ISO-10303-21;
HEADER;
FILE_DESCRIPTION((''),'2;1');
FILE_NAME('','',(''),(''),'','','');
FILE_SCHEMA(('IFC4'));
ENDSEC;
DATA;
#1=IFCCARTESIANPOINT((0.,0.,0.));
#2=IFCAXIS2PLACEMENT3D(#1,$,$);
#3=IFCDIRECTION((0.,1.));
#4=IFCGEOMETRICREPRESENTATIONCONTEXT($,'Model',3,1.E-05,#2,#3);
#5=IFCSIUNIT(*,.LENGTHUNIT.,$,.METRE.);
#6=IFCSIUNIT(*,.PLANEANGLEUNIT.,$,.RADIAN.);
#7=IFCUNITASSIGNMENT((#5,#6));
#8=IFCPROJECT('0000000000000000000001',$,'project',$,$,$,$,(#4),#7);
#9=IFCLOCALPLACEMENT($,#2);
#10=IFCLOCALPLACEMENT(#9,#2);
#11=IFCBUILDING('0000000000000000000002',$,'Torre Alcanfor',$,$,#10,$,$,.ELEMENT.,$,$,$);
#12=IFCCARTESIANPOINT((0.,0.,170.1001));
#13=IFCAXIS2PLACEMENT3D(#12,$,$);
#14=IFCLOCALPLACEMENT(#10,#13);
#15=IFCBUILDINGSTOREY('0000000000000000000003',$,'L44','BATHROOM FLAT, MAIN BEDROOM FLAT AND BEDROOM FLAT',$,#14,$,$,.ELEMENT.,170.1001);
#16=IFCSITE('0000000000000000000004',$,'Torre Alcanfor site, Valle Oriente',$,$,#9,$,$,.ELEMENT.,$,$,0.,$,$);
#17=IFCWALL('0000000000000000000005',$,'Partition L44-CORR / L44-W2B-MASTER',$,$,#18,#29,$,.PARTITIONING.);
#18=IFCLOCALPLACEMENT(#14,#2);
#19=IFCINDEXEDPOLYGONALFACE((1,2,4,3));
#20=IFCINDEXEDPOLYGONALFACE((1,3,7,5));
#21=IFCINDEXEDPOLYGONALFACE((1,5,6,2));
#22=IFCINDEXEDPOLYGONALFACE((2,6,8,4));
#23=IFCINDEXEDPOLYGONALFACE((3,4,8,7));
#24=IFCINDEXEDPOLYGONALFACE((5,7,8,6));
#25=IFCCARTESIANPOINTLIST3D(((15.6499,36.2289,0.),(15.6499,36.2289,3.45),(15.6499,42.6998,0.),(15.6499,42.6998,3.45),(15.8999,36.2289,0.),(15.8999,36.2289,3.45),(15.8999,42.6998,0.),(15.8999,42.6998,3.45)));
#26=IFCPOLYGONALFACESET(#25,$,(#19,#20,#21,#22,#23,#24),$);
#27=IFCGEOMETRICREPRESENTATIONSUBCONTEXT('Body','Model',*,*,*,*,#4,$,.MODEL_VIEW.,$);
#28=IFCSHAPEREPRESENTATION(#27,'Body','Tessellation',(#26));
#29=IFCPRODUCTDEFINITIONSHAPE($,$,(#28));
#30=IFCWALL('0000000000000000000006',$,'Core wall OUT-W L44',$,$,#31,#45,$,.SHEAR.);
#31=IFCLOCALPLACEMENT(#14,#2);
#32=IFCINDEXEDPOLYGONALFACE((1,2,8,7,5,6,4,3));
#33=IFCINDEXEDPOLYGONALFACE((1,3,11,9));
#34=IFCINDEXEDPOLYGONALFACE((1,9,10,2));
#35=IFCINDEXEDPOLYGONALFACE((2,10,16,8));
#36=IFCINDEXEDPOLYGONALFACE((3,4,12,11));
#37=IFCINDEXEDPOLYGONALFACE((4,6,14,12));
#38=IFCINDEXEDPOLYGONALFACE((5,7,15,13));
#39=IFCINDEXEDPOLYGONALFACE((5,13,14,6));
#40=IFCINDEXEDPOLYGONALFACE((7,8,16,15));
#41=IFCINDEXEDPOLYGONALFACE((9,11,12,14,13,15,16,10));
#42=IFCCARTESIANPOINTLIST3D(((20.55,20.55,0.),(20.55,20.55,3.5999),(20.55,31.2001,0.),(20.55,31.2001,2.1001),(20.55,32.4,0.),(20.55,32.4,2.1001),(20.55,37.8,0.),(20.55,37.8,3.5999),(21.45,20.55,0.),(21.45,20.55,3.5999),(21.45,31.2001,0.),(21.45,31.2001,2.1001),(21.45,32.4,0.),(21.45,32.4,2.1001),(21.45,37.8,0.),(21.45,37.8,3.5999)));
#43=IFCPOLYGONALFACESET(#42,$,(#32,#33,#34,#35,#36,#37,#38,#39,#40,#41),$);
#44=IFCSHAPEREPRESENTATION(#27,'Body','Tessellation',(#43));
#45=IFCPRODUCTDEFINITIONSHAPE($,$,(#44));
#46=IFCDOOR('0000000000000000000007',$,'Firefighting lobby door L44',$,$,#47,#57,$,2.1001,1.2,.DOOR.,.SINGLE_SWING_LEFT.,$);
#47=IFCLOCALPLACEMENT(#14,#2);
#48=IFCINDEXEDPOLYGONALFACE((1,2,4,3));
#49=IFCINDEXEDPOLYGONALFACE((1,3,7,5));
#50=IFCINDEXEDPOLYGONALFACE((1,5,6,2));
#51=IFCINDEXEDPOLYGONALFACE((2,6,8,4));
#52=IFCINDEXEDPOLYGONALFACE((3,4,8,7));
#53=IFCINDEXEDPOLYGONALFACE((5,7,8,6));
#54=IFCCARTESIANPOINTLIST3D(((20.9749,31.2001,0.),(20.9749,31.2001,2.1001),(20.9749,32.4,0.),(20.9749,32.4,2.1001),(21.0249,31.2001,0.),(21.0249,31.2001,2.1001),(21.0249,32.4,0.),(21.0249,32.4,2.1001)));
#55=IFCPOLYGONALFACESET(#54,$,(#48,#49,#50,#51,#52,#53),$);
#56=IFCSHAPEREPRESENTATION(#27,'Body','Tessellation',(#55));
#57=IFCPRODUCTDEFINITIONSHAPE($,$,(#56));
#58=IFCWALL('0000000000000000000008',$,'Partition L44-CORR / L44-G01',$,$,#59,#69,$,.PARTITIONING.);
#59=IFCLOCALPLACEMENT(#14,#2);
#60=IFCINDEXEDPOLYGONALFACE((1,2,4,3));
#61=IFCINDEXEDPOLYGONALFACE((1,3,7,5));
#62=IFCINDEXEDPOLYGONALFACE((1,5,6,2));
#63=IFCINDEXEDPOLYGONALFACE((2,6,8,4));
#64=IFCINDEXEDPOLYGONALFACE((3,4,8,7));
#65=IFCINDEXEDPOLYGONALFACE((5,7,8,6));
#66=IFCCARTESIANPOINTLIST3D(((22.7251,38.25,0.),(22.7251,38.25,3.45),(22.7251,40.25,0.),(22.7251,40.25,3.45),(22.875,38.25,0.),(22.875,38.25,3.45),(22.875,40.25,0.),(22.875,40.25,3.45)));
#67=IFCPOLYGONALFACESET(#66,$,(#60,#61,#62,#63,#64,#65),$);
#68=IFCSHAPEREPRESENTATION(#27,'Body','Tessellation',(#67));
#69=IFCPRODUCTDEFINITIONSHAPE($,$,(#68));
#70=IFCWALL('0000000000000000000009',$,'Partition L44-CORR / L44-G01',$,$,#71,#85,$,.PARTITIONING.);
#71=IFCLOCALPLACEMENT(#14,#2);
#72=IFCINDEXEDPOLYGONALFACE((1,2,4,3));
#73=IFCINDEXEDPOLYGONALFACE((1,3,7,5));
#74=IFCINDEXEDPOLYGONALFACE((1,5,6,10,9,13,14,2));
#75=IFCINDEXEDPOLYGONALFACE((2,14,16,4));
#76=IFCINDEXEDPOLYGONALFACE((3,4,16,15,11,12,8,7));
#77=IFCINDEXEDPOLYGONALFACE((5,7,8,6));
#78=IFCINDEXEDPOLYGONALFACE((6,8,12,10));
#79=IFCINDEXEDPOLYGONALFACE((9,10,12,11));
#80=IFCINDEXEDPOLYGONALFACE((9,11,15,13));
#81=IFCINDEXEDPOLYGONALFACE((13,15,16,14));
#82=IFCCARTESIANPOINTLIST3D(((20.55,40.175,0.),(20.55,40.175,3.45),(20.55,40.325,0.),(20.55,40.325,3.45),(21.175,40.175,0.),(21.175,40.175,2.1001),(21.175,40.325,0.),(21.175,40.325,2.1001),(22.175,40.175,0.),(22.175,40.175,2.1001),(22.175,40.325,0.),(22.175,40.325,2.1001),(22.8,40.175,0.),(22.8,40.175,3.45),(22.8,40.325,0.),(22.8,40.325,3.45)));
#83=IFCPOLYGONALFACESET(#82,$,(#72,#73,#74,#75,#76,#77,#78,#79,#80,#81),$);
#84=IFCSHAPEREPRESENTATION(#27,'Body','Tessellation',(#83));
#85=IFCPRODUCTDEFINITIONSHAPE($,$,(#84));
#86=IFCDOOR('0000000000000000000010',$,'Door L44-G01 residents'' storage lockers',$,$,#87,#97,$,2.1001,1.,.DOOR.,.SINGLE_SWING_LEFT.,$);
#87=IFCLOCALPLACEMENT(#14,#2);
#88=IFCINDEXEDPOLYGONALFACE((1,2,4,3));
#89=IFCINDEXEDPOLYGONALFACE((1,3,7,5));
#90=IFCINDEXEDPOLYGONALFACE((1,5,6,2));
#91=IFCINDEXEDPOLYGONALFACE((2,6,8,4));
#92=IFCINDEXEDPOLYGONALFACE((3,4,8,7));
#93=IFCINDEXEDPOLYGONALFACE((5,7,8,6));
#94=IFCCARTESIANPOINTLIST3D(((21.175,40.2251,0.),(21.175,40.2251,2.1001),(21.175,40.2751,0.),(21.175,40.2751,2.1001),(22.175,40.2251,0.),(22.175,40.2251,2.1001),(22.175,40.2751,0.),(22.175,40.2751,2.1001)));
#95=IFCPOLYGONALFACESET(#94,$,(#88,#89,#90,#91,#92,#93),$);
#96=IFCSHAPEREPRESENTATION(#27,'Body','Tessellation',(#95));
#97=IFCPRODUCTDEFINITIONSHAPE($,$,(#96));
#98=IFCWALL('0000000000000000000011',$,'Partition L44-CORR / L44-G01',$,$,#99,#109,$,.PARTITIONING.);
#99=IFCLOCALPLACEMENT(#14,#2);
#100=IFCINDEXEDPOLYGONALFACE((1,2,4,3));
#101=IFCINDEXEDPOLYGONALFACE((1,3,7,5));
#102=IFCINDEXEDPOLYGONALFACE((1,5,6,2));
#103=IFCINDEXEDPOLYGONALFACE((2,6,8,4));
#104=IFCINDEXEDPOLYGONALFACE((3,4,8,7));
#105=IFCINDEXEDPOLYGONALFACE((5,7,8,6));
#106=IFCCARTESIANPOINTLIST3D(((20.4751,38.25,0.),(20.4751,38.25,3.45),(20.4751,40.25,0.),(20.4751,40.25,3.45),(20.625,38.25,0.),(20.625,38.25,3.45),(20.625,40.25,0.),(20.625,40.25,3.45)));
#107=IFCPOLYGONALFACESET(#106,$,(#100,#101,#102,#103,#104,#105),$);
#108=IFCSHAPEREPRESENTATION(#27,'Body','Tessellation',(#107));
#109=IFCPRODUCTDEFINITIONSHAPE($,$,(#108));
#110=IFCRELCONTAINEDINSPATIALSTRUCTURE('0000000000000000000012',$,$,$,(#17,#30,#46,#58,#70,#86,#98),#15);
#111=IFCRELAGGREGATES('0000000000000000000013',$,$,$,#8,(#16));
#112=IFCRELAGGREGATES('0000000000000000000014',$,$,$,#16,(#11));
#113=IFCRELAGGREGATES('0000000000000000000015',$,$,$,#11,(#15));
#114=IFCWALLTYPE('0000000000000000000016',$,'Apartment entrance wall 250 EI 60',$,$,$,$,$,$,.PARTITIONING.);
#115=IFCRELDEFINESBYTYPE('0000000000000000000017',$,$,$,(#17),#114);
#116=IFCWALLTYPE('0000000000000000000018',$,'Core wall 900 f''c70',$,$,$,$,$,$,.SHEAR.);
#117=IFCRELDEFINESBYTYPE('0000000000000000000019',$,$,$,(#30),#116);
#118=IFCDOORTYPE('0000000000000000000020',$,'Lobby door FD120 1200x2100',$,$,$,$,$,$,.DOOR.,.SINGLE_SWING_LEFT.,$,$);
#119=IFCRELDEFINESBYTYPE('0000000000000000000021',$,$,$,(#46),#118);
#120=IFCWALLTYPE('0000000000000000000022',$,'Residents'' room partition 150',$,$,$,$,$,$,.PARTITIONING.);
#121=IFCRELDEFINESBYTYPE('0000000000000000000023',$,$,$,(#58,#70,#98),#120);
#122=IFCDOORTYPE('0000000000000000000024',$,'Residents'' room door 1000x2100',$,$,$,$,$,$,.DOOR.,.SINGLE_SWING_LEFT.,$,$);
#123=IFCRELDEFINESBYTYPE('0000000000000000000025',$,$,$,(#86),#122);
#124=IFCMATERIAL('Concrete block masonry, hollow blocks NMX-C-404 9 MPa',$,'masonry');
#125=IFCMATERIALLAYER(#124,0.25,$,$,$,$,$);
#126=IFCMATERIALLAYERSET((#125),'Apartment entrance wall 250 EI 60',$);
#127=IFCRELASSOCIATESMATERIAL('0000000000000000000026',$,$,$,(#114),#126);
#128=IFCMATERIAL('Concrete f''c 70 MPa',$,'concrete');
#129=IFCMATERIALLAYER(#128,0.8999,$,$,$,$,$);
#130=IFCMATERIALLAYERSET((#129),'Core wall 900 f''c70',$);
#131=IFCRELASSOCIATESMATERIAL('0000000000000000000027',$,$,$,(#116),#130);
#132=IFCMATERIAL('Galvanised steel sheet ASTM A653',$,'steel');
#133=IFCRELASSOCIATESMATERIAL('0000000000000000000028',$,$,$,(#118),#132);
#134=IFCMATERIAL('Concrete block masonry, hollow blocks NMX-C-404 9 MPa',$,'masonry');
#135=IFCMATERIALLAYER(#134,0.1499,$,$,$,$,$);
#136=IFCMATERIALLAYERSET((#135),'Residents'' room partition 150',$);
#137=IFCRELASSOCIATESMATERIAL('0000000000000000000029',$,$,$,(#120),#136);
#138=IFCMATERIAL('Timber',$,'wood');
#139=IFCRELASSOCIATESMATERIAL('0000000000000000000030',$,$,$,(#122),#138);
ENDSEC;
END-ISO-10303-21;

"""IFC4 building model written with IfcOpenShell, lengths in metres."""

from ifc_helpers import new_model, si_unit, direction, frame, frame_2d, origin, place, context, subcontext, project, spatial, rectangle, extrude, material, layer, layer_set, type_object, element, fill, save


model = new_model("IFC4")

# Units and contexts
model_context = context("Model", 3, precision=1e-05, world=origin(), true_north=direction((0.0, 1.0)))
body_context = subcontext(model_context, "Body", "Model", "MODEL_VIEW")
ifc_project = project(units=[si_unit("LENGTHUNIT", "METRE"), si_unit("PLANEANGLEUNIT", "RADIAN")], contexts=[model_context])

# Site, building, storey
site_placement = place(None, origin())
site = spatial("IfcSite", under=ifc_project, at=site_placement, Name="Torre Alcanfor site, Valle Oriente", CompositionType="ELEMENT", RefElevation=0.0)
building_placement = place(site_placement, origin())
building = spatial("IfcBuilding", under=site, at=building_placement, Name="Torre Alcanfor", CompositionType="ELEMENT")
storey_placement = place(building_placement, frame((0.0, 0.0, 170.1001)))
storey = spatial("IfcBuildingStorey", under=building, at=storey_placement, Name="L44", Description="BATHROOM FLAT, MAIN BEDROOM FLAT AND BEDROOM FLAT", CompositionType="ELEMENT", Elevation=170.1001)

# Wall
ifc_material_1 = material(Name="Concrete block masonry, hollow blocks NMX-C-404 9 MPa", Category="masonry")
ifc_layer_1 = layer(ifc_material_1, 0.25)
ifc_layer_set_1 = layer_set([ifc_layer_1], Name="Apartment entrance wall 250 EI 60")
wall_type_1 = type_object("IfcWallType", Name="Apartment entrance wall 250 EI 60", PredefinedType="PARTITIONING", material=ifc_layer_set_1)
wall_1_placement = place(storey_placement, frame((15.7749, 36.229, 0.0), z_axis=(0.0, 0.0, 1.0), x_axis=(0.0, 1.0, 0.0)))
element("IfcWall", 1, at=wall_1_placement, inside=storey, type_object=wall_type_1, Name="Partition L44-CORR / L44-W2B-MASTER", PredefinedType="PARTITIONING", context=body_context, shape_type="SweptSolid", body=[
    extrude(rectangle(XDim=6.4709, YDim=0.25, at=frame_2d((3.2354, 0.0))), origin(), (0.0, 0.0, 1.0), 3.45),
])

# Wall, opening, door
ifc_material_2 = material(Name="Concrete f'c 70 MPa", Category="concrete")
ifc_layer_2 = layer(ifc_material_2, 0.8999)
ifc_layer_set_2 = layer_set([ifc_layer_2], Name="Core wall 900 f'c70")
wall_type_2 = type_object("IfcWallType", Name="Core wall 900 f'c70", PredefinedType="SHEAR", material=ifc_layer_set_2)
wall_2_placement = place(storey_placement, frame((21.0, 37.8, 0.0), z_axis=(0.0, 0.0, 1.0), x_axis=(0.0, -1.0, 0.0)))
wall_2 = element("IfcWall", 2, at=wall_2_placement, inside=storey, type_object=wall_type_2, Name="Core wall OUT-W L44", PredefinedType="SHEAR", context=body_context, shape_type="SweptSolid", body=[
    extrude(rectangle(XDim=17.25, YDim=0.8999, at=frame_2d((8.625, 0.0))), origin(), (0.0, 0.0, 1.0), 3.5999),
])
opening_1_placement = place(wall_2_placement, frame((5.3999, 0.0, 0.0)))
opening_1 = element("IfcOpeningElement", 3, at=opening_1_placement, cuts=wall_2, PredefinedType="OPENING", context=body_context, shape_type="SweptSolid", body=[
    extrude(rectangle(XDim=1.2, YDim=2.1001, at=frame_2d((0.6001, 1.05))), frame((0.0, 0.46, 0.0), z_axis=(0.0, -1.0, 0.0), x_axis=(1.0, 0.0, 0.0)), (0.0, 0.0, 1.0), 0.9199),
])
ifc_material_3 = material(Name="Galvanised steel sheet ASTM A653", Category="steel")
door_type_1 = type_object("IfcDoorType", Name="Lobby door FD120 1200x2100", OperationType="SINGLE_SWING_LEFT", PredefinedType="DOOR", material=ifc_material_3)
door_1_placement = place(opening_1_placement, origin())
door_1 = element("IfcDoor", 4, at=door_1_placement, inside=storey, type_object=door_type_1, Name="Firefighting lobby door L44", OperationType="SINGLE_SWING_LEFT", OverallHeight=2.1001, OverallWidth=1.2, PredefinedType="DOOR", context=body_context, shape_type="SweptSolid", body=[
    extrude(rectangle(XDim=1.2, YDim=2.1001, at=frame_2d((0.6001, 1.05))), frame((0.0, 0.0249, 0.0), z_axis=(0.0, -1.0, 0.0), x_axis=(1.0, 0.0, 0.0)), (0.0, 0.0, 1.0), 0.05),
])
fill(opening_1, door_1)

# Wall
ifc_material_4 = material(Name="Concrete block masonry, hollow blocks NMX-C-404 9 MPa", Category="masonry")
ifc_layer_3 = layer(ifc_material_4, 0.1499)
ifc_layer_set_3 = layer_set([ifc_layer_3], Name="Residents' room partition 150")
wall_type_3 = type_object("IfcWallType", Name="Residents' room partition 150", PredefinedType="PARTITIONING", material=ifc_layer_set_3)
wall_3_placement = place(storey_placement, frame((22.8, 38.25, 0.0), z_axis=(0.0, 0.0, 1.0), x_axis=(0.0, 1.0, 0.0)))
element("IfcWall", 5, at=wall_3_placement, inside=storey, type_object=wall_type_3, Name="Partition L44-CORR / L44-G01", PredefinedType="PARTITIONING", context=body_context, shape_type="SweptSolid", body=[
    extrude(rectangle(XDim=2.0, YDim=0.1499, at=frame_2d((1.0, 0.0))), origin(), (0.0, 0.0, 1.0), 3.45),
])

# Wall, opening, door
wall_4_placement = place(storey_placement, frame((22.8, 40.25, 0.0), z_axis=(0.0, 0.0, 1.0), x_axis=(-1.0, 0.0, 0.0)))
wall_4 = element("IfcWall", 6, at=wall_4_placement, inside=storey, type_object=wall_type_3, Name="Partition L44-CORR / L44-G01", PredefinedType="PARTITIONING", context=body_context, shape_type="SweptSolid", body=[
    extrude(rectangle(XDim=2.25, YDim=0.1499, at=frame_2d((1.125, 0.0))), origin(), (0.0, 0.0, 1.0), 3.45),
])
opening_2_placement = place(wall_4_placement, frame((0.625, 0.0, 0.0)))
opening_2 = element("IfcOpeningElement", 7, at=opening_2_placement, cuts=wall_4, PredefinedType="OPENING", context=body_context, shape_type="SweptSolid", body=[
    extrude(rectangle(XDim=1.0, YDim=2.1001, at=frame_2d((0.5, 1.05))), frame((0.0, 0.085, 0.0), z_axis=(0.0, -1.0, 0.0), x_axis=(1.0, 0.0, 0.0)), (0.0, 0.0, 1.0), 0.1699),
])
ifc_material_5 = material(Name="Timber", Category="wood")
door_type_2 = type_object("IfcDoorType", Name="Residents' room door 1000x2100", OperationType="SINGLE_SWING_LEFT", PredefinedType="DOOR", material=ifc_material_5)
door_2_placement = place(opening_2_placement, origin())
door_2 = element("IfcDoor", 8, at=door_2_placement, inside=storey, type_object=door_type_2, Name="Door L44-G01 residents' storage lockers", OperationType="SINGLE_SWING_LEFT", OverallHeight=2.1001, OverallWidth=1.0, PredefinedType="DOOR", context=body_context, shape_type="SweptSolid", body=[
    extrude(rectangle(XDim=1.0, YDim=2.1001, at=frame_2d((0.5, 1.05))), frame((0.0, 0.0249, 0.0), z_axis=(0.0, -1.0, 0.0), x_axis=(1.0, 0.0, 0.0)), (0.0, 0.0, 1.0), 0.05),
])
fill(opening_2, door_2)

# Wall
wall_5_placement = place(storey_placement, frame((20.55, 40.25, 0.0), z_axis=(0.0, 0.0, 1.0), x_axis=(0.0, -1.0, 0.0)))
element("IfcWall", 9, at=wall_5_placement, inside=storey, type_object=wall_type_3, Name="Partition L44-CORR / L44-G01", PredefinedType="PARTITIONING", context=body_context, shape_type="SweptSolid", body=[
    extrude(rectangle(XDim=2.0, YDim=0.1499, at=frame_2d((1.0, 0.0))), origin(), (0.0, 0.0, 1.0), 3.45),
])

save(model, "model.ifc")
